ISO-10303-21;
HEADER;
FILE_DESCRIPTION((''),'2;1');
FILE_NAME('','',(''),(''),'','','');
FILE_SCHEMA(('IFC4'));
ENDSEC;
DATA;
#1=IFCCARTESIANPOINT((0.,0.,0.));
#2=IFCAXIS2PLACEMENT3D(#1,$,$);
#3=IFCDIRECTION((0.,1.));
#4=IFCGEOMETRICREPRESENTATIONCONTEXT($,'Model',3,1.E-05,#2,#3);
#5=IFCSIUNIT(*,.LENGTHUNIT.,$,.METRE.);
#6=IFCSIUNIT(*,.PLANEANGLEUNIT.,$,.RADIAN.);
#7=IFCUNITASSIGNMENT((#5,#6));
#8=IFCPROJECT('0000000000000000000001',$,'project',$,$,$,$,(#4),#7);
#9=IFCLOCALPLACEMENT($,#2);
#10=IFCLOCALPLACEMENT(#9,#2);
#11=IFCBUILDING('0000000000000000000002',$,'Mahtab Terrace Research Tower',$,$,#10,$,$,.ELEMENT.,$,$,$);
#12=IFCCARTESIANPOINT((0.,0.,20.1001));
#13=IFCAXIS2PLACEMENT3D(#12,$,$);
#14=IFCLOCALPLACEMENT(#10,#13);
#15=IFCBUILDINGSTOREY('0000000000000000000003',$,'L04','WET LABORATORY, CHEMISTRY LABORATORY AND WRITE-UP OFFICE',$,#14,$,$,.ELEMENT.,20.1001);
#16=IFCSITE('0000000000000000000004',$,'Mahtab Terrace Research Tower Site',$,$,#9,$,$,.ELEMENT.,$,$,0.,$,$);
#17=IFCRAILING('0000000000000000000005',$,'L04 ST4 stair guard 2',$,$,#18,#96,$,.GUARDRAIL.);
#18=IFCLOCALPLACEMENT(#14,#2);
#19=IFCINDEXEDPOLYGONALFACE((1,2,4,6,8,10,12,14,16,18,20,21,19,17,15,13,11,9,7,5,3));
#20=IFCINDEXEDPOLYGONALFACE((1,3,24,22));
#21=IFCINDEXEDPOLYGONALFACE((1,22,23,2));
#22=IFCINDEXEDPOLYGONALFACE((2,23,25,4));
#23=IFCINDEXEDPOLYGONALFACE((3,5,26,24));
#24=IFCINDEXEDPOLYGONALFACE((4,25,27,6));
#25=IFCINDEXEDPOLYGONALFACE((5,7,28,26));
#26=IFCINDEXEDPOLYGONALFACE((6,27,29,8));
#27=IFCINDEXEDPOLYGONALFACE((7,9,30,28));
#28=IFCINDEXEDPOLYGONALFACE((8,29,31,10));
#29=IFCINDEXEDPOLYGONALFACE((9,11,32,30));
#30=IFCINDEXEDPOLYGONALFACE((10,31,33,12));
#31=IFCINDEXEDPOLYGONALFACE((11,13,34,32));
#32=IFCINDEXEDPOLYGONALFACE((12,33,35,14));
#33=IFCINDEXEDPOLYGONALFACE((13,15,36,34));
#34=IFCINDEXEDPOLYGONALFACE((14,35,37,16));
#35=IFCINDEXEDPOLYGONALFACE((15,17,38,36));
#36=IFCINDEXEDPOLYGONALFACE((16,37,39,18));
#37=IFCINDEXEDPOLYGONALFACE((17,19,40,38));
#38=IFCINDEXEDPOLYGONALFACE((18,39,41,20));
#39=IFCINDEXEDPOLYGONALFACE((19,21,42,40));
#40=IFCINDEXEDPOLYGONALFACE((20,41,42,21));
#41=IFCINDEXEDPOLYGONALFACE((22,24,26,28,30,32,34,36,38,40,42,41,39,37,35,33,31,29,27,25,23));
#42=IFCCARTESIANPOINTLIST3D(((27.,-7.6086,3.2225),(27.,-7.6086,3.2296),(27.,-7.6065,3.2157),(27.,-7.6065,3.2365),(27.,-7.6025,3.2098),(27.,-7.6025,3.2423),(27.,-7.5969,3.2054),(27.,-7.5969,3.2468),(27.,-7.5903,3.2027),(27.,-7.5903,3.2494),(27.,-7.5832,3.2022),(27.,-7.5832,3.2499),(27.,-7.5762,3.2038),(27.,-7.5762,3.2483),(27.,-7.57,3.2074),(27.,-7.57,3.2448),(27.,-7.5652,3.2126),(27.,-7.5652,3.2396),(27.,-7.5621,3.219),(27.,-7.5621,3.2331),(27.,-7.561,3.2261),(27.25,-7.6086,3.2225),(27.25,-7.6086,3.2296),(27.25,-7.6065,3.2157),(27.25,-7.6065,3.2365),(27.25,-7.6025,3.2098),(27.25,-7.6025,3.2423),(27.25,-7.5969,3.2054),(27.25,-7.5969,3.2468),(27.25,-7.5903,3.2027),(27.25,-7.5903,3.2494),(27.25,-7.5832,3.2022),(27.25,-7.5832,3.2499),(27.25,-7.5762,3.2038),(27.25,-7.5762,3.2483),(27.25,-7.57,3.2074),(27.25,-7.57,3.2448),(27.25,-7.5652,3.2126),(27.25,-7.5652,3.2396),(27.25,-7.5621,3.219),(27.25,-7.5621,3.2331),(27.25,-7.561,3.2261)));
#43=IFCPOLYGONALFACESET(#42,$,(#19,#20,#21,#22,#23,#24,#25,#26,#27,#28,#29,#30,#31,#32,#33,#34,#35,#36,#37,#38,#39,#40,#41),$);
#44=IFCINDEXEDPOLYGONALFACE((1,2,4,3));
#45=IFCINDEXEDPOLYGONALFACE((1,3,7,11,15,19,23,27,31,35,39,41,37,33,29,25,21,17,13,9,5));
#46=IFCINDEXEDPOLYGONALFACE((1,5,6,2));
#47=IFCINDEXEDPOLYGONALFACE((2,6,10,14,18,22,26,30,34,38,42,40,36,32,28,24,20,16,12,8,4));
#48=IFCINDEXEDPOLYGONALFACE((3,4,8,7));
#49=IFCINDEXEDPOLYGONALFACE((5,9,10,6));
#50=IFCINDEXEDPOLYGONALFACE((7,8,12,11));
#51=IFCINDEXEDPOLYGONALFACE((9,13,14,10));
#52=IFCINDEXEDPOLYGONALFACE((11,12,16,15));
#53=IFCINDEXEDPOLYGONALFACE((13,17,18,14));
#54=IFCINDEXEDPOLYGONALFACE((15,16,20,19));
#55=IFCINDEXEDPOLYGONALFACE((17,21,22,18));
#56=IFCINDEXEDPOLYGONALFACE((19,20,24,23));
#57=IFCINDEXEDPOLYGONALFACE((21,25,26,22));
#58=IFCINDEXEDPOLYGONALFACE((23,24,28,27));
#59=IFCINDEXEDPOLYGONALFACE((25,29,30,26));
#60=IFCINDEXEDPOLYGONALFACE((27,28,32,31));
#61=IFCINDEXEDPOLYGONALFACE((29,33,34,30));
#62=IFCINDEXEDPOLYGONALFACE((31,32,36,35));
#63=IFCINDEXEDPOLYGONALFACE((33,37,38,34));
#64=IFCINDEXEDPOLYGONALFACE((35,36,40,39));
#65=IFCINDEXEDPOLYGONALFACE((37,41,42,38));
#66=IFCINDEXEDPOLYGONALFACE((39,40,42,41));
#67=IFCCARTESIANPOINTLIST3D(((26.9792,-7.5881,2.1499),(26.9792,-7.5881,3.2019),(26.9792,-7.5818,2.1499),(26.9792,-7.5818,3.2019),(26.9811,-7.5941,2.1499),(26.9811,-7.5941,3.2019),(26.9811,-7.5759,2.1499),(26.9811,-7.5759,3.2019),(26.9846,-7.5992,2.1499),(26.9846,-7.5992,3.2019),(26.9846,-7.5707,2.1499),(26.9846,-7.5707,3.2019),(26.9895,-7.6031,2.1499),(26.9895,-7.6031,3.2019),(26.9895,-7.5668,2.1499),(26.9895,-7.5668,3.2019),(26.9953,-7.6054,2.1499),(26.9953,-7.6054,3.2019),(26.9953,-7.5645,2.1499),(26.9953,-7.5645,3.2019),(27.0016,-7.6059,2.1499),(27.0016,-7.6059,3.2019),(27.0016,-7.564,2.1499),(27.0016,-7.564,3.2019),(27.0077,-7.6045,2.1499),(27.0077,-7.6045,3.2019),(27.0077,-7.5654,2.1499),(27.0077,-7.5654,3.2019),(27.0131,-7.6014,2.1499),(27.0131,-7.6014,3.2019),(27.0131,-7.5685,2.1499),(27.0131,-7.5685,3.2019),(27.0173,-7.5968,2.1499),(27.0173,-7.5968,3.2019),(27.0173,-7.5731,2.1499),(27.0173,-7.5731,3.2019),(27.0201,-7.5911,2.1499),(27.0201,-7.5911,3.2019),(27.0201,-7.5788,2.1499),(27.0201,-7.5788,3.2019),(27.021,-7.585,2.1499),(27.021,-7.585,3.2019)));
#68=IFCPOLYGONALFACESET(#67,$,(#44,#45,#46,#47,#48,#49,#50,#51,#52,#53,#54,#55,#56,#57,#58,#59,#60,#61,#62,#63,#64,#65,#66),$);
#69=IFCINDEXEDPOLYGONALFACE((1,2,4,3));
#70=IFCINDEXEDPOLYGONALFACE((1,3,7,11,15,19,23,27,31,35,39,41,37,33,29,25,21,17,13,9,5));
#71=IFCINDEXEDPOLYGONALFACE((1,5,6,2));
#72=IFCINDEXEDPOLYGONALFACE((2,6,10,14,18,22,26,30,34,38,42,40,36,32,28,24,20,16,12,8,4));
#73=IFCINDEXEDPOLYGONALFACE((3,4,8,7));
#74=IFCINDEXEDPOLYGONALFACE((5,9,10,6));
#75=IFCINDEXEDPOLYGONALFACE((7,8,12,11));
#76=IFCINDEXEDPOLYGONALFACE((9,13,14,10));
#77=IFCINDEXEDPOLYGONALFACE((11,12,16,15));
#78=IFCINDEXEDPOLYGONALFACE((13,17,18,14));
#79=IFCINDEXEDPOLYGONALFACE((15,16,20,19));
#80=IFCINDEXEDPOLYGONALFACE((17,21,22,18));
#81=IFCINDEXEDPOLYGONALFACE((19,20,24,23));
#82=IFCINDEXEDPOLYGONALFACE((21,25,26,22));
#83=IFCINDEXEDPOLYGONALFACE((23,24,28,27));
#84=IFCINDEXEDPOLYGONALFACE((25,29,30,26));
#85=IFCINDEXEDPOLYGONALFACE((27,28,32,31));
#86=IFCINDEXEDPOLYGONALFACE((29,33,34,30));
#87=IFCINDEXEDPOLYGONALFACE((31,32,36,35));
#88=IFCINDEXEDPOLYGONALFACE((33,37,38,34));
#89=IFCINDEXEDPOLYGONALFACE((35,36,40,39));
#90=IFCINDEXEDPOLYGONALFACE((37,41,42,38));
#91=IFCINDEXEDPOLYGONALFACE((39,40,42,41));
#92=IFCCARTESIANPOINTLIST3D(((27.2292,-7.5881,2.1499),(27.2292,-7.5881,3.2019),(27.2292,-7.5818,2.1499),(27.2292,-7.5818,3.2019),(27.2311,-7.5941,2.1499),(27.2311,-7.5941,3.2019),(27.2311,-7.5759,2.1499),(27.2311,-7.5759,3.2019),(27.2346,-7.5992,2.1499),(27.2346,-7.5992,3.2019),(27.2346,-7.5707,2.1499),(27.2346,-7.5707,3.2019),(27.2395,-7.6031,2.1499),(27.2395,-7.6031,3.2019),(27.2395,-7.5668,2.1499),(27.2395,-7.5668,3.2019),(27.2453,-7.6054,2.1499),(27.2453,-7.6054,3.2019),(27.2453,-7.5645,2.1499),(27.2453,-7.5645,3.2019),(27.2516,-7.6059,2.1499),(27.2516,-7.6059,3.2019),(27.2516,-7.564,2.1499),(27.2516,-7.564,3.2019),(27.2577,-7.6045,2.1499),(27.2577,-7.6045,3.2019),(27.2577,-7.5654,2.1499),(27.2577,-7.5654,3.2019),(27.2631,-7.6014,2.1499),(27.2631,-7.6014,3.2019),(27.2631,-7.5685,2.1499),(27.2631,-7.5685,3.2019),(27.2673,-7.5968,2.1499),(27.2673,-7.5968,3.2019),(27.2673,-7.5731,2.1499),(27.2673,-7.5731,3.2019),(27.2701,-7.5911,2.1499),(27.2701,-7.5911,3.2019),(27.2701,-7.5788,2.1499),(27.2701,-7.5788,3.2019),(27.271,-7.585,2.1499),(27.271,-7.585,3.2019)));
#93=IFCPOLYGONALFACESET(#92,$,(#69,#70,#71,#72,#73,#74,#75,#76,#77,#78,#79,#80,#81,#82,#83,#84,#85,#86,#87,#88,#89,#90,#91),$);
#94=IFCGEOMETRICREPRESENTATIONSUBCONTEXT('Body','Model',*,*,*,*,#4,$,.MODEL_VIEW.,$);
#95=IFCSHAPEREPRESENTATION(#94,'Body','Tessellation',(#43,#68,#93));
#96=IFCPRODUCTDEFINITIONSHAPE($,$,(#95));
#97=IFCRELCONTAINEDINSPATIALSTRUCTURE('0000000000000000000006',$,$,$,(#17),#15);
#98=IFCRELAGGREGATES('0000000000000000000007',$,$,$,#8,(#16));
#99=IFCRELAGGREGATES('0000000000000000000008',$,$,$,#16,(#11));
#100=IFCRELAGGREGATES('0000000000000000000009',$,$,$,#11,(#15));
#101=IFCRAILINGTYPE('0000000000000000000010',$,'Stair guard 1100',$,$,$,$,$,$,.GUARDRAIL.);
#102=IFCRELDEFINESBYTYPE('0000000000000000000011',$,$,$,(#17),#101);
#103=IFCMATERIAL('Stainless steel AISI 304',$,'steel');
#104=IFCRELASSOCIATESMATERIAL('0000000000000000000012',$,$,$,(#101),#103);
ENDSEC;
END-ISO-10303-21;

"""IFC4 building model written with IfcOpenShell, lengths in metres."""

from ifc_helpers import new_model, si_unit, direction, frame, origin, origin_2d, place, context, subcontext, project, spatial, circle, extrude, material, type_object, element, save


model = new_model("IFC4")

# Units and contexts
model_context = context("Model", 3, precision=1e-05, world=origin(), true_north=direction((0.0, 1.0)))
body_context = subcontext(model_context, "Body", "Model", "MODEL_VIEW")
ifc_project = project(units=[si_unit("LENGTHUNIT", "METRE"), si_unit("PLANEANGLEUNIT", "RADIAN")], contexts=[model_context])

# Site, building, storey
site_placement = place(None, origin())
site = spatial("IfcSite", under=ifc_project, at=site_placement, Name="Mahtab Terrace Research Tower Site", CompositionType="ELEMENT", RefElevation=0.0)
building_placement = place(site_placement, origin())
building = spatial("IfcBuilding", under=site, at=building_placement, Name="Mahtab Terrace Research Tower", CompositionType="ELEMENT")
storey_placement = place(building_placement, frame((0.0, 0.0, 20.1001)))
storey = spatial("IfcBuildingStorey", under=building, at=storey_placement, Name="L04", Description="WET LABORATORY, CHEMISTRY LABORATORY AND WRITE-UP OFFICE", CompositionType="ELEMENT", Elevation=20.1001)

# Railing
ifc_material_1 = material(Name="Stainless steel AISI 304", Category="steel")
railing_type_1 = type_object("IfcRailingType", Name="Stair guard 1100", PredefinedType="GUARDRAIL", material=ifc_material_1)
railing_1_placement = place(storey_placement, frame((27.0, -7.585, 2.1499)))
element("IfcRailing", 1, at=railing_1_placement, inside=storey, type_object=railing_type_1, Name="L04 ST4 stair guard 2", PredefinedType="GUARDRAIL", context=body_context, shape_type="SweptSolid", body=[
    extrude(circle(Radius=0.0239, at=origin_2d()), frame((0.0, 0.0, 1.0762), z_axis=(1.0, 0.0, 0.0), x_axis=(0.0, 1.0, 0.0)), (0.0, 0.0, 1.0), 0.25),
    extrude(circle(Radius=0.021, at=origin_2d()), origin(), (0.0, 0.0, 1.0), 1.052),
    extrude(circle(Radius=0.021, at=origin_2d()), frame((0.25, 0.0, 0.0)), (0.0, 0.0, 1.0), 1.052),
])

save(model, "model.ifc")
